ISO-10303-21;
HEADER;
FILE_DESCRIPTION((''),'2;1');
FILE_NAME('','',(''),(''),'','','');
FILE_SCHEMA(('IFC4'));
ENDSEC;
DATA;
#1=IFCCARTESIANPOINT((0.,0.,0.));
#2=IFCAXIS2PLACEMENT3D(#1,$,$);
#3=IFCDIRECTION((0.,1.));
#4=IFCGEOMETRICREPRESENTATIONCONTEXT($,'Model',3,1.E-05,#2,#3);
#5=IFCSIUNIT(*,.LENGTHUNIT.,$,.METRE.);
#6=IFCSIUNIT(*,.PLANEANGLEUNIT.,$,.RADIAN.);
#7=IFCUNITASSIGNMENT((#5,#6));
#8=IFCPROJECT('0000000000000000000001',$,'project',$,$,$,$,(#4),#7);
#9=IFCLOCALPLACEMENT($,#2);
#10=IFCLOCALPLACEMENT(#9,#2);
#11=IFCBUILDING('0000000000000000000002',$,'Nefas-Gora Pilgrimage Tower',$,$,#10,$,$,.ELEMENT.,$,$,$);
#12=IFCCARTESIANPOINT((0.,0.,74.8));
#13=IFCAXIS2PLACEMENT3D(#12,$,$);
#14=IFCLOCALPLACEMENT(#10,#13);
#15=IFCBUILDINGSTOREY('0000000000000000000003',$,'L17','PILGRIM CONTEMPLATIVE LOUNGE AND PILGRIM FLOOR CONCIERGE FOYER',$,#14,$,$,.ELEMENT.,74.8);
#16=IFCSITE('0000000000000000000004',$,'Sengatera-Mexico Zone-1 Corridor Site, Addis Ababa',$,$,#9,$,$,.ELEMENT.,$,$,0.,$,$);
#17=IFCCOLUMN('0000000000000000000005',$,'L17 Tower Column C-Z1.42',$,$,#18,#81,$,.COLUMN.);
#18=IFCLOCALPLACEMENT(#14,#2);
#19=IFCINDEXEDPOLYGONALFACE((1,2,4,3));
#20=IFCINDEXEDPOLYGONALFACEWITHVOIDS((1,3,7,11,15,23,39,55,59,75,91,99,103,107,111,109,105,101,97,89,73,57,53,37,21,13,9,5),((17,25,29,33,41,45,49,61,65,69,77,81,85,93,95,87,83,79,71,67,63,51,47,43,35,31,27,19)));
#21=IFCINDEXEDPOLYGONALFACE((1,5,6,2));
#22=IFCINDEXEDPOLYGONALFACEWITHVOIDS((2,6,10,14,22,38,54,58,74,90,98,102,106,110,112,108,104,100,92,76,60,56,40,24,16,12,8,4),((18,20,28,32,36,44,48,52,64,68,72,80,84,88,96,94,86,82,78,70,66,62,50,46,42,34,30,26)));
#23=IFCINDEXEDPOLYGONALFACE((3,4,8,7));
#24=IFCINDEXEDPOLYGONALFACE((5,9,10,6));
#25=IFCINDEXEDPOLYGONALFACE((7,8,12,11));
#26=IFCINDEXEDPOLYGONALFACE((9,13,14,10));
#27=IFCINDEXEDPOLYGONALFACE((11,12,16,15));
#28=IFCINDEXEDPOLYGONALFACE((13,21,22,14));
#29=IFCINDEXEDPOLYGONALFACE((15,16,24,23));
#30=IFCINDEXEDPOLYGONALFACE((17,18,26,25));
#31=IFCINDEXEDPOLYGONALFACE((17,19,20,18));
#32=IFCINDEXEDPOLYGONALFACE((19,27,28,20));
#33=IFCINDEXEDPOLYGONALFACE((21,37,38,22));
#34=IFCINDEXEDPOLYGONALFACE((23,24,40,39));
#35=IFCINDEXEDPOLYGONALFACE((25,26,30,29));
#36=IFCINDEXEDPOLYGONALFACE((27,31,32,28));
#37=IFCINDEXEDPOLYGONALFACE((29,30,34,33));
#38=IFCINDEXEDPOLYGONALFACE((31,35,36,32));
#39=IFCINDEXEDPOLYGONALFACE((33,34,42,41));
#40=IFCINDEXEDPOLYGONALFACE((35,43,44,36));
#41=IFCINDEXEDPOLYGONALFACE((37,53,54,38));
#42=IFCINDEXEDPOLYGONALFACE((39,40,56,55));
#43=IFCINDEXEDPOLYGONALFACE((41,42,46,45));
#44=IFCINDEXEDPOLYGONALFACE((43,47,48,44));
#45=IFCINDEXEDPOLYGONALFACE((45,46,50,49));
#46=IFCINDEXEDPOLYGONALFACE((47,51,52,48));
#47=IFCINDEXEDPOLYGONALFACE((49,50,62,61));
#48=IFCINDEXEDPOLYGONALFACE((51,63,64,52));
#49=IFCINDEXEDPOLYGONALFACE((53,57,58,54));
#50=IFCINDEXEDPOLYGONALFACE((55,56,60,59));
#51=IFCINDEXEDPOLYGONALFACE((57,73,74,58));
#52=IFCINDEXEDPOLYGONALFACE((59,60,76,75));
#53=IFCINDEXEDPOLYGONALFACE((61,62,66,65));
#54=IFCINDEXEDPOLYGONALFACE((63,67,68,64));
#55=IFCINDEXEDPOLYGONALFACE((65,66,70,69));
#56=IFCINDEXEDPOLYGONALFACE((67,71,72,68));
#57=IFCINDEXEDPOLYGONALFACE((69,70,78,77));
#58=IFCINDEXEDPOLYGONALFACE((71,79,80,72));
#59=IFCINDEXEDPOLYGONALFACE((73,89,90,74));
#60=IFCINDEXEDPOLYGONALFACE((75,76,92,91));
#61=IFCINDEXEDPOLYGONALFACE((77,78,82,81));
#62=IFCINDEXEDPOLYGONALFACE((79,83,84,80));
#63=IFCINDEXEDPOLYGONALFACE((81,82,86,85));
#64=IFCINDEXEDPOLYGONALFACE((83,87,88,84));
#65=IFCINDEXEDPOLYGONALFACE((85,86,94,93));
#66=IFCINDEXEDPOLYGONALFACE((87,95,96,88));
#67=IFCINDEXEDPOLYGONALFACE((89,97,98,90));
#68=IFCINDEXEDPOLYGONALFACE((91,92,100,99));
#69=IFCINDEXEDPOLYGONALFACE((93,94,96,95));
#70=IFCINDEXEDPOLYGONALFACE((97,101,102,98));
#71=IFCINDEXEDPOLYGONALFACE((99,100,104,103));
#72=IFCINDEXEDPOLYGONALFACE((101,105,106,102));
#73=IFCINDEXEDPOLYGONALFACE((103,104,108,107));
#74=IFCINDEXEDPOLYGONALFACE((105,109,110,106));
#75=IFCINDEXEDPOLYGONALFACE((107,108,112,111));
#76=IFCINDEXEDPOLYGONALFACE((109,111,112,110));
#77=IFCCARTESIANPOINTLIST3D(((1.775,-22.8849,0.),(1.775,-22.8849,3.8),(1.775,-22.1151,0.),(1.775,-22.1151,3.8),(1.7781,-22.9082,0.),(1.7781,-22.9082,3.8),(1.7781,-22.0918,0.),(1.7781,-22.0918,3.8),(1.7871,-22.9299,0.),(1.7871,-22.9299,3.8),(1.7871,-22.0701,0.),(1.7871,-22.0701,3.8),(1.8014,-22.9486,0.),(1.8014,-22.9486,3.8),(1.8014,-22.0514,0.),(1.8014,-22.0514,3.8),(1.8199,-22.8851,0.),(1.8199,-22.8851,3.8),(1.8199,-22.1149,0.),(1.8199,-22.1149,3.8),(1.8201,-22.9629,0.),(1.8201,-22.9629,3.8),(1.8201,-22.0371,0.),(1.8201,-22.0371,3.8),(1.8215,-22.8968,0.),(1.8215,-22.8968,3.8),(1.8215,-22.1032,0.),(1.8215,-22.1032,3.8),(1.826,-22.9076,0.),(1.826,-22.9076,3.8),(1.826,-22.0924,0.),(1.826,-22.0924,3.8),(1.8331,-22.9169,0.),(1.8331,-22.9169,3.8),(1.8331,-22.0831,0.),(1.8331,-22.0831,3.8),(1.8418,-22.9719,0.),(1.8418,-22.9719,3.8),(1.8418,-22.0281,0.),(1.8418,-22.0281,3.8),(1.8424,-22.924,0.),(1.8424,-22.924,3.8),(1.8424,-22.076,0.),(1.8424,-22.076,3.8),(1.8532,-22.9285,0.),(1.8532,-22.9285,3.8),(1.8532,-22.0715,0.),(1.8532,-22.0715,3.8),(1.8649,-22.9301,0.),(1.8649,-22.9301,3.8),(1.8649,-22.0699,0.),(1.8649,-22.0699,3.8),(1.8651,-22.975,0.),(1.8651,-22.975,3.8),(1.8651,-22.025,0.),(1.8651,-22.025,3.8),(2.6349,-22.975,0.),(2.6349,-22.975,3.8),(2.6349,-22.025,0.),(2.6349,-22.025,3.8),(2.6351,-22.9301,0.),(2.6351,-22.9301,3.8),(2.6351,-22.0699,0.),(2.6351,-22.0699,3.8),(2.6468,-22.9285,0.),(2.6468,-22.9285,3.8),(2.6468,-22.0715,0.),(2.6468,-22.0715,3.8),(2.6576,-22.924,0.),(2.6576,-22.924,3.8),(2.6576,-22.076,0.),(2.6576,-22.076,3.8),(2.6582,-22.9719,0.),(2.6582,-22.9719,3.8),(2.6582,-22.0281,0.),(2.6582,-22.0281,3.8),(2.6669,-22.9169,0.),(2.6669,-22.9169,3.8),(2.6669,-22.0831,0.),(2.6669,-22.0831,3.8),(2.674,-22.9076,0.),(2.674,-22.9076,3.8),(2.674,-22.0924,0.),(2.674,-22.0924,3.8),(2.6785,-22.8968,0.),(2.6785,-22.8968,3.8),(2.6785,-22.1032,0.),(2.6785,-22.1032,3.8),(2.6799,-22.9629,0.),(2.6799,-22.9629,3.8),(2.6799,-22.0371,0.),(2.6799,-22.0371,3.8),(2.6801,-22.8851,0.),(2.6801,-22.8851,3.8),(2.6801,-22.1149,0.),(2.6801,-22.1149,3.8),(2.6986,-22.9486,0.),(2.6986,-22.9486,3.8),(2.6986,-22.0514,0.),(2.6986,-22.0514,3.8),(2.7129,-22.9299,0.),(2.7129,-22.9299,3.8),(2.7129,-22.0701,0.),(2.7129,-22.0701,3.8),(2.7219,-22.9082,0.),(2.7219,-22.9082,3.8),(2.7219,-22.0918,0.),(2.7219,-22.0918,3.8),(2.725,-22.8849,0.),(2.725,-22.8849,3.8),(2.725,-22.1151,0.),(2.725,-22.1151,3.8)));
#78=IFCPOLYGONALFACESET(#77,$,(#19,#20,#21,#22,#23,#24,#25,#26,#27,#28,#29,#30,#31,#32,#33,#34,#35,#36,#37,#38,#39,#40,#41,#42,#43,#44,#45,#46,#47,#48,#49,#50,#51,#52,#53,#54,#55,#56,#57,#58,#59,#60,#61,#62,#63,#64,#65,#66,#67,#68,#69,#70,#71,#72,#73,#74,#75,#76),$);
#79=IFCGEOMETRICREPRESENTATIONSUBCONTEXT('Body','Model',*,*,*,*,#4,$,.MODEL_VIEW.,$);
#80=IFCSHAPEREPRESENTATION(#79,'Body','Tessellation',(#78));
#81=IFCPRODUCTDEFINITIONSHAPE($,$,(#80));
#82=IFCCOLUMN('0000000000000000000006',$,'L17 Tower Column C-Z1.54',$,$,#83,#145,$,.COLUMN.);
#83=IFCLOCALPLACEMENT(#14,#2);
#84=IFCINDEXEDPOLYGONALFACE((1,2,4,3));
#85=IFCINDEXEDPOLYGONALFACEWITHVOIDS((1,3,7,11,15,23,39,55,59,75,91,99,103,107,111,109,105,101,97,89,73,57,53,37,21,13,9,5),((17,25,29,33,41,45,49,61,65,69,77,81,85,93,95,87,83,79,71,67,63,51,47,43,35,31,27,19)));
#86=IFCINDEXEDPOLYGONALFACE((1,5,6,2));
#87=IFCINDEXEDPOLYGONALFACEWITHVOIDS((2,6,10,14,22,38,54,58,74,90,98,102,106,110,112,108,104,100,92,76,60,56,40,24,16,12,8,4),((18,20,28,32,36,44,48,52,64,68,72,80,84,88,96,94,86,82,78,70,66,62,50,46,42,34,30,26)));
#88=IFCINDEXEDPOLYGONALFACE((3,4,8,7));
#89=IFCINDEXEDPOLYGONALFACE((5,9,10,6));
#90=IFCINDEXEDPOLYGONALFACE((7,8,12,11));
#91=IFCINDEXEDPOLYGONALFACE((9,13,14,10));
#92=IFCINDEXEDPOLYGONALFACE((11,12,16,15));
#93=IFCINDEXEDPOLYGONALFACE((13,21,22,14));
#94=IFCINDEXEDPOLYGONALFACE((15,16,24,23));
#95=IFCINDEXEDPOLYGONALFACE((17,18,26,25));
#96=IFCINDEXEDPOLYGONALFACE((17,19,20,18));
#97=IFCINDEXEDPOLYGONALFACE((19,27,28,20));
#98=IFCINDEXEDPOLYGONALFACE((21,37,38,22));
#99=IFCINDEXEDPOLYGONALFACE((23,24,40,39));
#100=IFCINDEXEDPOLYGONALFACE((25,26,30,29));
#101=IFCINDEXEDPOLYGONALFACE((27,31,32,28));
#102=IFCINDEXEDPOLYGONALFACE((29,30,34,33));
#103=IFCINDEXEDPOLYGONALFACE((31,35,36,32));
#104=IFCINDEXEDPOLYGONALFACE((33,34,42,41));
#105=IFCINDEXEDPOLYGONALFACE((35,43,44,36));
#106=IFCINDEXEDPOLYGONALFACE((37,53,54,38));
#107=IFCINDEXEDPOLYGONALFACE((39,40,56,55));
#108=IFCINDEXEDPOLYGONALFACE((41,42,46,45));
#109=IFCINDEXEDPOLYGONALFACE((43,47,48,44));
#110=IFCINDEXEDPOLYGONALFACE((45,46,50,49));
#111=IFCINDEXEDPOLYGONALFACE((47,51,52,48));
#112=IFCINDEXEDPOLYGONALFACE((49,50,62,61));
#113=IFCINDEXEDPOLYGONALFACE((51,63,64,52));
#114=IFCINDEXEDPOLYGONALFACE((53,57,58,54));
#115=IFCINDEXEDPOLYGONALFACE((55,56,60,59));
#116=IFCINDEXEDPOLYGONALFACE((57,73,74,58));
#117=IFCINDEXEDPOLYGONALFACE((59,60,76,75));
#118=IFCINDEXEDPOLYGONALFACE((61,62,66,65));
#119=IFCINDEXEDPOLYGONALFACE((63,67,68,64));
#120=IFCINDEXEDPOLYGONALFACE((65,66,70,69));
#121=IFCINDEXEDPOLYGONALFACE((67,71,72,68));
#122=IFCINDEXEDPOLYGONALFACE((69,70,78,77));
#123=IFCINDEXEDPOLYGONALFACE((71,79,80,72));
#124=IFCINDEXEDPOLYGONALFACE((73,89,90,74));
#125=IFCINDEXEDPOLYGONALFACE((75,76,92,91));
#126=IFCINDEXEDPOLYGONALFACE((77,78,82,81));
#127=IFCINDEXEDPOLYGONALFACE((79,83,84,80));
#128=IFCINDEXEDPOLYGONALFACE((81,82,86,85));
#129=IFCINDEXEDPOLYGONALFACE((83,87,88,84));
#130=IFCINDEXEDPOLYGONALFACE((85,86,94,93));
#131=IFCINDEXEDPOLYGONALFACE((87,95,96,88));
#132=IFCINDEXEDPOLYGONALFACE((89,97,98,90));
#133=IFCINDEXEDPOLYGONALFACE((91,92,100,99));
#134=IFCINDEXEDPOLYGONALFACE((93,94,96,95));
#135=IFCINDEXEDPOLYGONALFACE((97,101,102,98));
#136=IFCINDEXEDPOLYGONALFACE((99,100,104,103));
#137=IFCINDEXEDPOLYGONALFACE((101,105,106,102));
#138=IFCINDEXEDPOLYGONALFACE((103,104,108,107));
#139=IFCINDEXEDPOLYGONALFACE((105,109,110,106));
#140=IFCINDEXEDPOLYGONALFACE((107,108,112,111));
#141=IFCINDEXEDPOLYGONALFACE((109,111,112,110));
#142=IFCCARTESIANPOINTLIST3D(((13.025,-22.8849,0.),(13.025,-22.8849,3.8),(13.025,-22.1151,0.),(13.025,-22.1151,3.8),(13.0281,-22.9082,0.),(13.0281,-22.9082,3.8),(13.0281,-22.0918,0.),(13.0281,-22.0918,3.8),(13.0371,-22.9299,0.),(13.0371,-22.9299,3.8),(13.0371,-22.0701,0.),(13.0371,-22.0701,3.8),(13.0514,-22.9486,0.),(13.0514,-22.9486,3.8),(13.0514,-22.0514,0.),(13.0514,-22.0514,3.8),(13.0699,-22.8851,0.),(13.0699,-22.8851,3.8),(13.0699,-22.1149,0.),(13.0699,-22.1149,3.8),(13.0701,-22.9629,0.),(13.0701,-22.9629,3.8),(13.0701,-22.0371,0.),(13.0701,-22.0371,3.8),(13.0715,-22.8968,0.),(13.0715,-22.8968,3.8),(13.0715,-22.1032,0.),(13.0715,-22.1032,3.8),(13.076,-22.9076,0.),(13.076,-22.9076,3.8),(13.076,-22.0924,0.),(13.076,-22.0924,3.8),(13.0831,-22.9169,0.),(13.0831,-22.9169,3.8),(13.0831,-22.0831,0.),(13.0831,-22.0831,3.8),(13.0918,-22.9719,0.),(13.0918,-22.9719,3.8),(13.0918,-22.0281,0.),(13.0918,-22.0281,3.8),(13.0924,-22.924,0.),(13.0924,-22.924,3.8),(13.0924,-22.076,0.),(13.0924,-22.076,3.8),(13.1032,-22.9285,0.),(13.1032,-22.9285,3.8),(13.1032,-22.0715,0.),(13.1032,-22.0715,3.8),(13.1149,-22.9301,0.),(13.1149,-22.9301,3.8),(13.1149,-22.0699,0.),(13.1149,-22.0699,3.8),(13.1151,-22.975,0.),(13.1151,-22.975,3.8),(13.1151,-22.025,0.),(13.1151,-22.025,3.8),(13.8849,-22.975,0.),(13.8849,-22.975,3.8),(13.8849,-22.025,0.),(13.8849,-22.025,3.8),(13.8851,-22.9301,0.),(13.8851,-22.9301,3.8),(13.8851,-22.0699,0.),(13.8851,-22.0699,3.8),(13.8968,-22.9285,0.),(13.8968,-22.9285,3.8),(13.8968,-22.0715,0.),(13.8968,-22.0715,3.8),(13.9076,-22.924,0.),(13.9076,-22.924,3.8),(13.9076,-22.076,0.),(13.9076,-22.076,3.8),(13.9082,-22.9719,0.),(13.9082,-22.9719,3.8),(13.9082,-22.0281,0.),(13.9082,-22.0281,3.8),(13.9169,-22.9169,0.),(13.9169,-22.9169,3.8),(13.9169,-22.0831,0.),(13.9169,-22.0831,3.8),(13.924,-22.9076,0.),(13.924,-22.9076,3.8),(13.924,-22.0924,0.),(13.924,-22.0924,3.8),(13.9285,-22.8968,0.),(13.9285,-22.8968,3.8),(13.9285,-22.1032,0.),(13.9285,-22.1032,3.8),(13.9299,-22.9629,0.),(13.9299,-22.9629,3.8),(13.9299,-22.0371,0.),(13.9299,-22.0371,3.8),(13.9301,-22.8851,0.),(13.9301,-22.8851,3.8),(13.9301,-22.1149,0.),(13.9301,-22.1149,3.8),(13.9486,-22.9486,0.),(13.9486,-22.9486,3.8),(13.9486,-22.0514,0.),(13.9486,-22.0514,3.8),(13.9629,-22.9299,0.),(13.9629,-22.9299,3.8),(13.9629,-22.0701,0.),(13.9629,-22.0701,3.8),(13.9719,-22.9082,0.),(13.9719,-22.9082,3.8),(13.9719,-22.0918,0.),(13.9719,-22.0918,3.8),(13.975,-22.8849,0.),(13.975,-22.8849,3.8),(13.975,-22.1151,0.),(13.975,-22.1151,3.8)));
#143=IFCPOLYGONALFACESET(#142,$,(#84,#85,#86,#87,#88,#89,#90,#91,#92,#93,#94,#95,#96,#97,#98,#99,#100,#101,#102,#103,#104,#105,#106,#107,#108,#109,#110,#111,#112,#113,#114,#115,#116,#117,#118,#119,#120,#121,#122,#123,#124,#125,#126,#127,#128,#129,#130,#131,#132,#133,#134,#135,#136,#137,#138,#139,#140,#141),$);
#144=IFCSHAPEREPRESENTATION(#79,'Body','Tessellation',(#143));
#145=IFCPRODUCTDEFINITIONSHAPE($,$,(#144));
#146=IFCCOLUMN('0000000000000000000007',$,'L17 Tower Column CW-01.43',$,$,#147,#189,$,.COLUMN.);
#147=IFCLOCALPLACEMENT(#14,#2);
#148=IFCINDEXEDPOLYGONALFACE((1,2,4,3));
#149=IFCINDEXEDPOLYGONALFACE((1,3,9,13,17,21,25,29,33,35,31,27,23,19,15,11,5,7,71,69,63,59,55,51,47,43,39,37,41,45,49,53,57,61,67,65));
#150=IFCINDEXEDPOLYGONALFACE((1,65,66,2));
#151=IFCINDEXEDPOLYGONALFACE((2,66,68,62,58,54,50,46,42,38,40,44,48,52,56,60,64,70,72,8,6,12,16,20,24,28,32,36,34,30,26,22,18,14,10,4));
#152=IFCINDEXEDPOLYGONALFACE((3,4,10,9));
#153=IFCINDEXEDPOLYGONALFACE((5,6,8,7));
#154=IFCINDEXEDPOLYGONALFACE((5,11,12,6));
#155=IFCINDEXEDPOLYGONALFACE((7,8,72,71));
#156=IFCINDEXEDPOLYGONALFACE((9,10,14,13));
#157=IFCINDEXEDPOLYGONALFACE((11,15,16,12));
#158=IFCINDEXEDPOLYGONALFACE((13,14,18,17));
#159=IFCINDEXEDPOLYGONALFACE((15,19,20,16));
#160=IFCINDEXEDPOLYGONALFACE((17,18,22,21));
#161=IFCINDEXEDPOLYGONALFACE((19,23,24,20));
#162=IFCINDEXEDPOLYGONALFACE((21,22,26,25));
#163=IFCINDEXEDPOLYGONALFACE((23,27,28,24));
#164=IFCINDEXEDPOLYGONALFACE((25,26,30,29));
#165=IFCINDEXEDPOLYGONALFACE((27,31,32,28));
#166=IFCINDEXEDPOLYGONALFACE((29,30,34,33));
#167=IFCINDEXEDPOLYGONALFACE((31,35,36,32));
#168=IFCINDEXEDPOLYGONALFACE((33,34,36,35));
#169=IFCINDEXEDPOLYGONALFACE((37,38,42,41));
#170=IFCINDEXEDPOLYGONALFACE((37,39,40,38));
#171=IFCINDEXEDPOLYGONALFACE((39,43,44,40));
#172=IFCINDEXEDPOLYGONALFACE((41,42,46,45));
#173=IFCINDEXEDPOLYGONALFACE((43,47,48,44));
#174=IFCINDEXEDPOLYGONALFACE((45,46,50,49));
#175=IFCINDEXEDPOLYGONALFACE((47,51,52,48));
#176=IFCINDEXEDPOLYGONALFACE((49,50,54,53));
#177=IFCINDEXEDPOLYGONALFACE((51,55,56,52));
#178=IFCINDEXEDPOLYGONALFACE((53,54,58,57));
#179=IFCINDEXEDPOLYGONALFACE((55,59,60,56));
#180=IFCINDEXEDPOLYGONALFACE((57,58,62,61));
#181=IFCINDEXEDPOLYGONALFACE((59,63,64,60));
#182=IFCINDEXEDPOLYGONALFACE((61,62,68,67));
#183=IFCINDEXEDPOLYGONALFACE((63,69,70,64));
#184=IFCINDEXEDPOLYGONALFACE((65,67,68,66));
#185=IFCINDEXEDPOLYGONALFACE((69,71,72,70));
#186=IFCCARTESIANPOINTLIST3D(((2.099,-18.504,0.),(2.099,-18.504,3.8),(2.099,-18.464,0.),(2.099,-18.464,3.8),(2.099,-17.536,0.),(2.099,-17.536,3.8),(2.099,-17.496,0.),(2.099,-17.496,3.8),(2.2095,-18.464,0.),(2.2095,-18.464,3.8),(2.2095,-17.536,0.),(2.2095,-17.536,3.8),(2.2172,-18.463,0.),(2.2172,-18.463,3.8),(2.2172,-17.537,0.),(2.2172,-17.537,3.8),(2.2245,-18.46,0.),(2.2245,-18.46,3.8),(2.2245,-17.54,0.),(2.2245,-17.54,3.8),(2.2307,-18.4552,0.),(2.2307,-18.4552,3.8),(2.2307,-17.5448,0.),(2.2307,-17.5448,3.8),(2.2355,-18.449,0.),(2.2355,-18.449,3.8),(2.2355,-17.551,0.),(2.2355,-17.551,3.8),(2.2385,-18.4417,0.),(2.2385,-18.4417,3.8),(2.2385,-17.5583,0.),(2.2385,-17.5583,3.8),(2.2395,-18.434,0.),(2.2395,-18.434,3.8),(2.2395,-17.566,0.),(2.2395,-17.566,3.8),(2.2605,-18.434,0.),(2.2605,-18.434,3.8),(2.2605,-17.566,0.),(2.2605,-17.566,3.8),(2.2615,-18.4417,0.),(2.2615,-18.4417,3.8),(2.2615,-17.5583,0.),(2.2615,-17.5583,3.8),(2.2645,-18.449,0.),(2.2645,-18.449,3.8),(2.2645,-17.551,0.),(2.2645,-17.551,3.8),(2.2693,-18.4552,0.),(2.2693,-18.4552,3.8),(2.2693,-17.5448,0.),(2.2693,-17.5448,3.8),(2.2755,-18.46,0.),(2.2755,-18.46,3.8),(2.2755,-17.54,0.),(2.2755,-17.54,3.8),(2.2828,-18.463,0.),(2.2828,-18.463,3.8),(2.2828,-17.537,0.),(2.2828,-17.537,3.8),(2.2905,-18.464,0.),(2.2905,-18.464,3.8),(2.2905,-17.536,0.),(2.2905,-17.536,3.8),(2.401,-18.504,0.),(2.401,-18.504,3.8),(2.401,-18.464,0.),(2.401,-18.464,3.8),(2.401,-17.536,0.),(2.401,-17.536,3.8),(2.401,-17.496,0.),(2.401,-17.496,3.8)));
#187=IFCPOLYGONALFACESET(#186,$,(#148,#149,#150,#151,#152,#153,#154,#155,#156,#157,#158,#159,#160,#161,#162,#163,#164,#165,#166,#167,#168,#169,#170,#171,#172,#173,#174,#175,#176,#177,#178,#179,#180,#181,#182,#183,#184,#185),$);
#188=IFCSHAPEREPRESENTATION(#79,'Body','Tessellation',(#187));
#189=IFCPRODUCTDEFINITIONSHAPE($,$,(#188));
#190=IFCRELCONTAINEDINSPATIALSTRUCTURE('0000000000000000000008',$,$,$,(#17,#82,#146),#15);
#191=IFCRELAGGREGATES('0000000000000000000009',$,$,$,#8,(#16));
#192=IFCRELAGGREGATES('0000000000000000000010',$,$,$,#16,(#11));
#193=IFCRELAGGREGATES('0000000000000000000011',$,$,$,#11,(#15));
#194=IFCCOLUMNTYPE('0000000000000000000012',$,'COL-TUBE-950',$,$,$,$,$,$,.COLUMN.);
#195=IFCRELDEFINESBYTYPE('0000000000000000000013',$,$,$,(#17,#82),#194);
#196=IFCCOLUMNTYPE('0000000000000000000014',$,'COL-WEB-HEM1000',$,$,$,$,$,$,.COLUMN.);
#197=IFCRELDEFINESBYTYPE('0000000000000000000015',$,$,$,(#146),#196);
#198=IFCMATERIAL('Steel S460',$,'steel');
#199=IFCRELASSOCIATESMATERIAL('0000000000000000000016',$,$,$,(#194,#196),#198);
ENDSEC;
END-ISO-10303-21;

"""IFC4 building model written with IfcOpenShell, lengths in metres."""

from ifc_helpers import new_model, si_unit, direction, frame, origin, origin_2d, place, context, subcontext, project, spatial, hollow_rectangle, i_section, extrude, source, transform, mapped, material, material_profile, profile_set, type_object, element, save


model = new_model("IFC4")

# Units and contexts
model_context = context("Model", 3, precision=1e-05, world=origin(), true_north=direction((0.0, 1.0)))
body_context = subcontext(model_context, "Body", "Model", "MODEL_VIEW")
ifc_project = project(units=[si_unit("LENGTHUNIT", "METRE"), si_unit("PLANEANGLEUNIT", "RADIAN")], contexts=[model_context])

# Site, building, storey
site_placement = place(None, origin())
site = spatial("IfcSite", under=ifc_project, at=site_placement, Name="Sengatera-Mexico Zone-1 Corridor Site, Addis Ababa", CompositionType="ELEMENT", RefElevation=0.0)
building_placement = place(site_placement, origin())
building = spatial("IfcBuilding", under=site, at=building_placement, Name="Nefas-Gora Pilgrimage Tower", CompositionType="ELEMENT")
storey_placement = place(building_placement, frame((0.0, 0.0, 74.8)))
storey = spatial("IfcBuildingStorey", under=building, at=storey_placement, Name="L17", Description="PILGRIM CONTEMPLATIVE LOUNGE AND PILGRIM FLOOR CONCIERGE FOYER", CompositionType="ELEMENT", Elevation=74.8)

# Columns
ifc_material_1 = material(Name="Steel S460", Category="steel")
ifc_material_profile_1 = material_profile(ifc_material_1, hollow_rectangle(XDim=0.95, YDim=0.95, WallThickness=0.0449, InnerFilletRadius=0.0449, OuterFilletRadius=0.0901, at=origin_2d()), Name="BOX 950x950x45")
ifc_profile_set_1 = profile_set([ifc_material_profile_1], Name="Steel S460")
column_type_1 = type_object("IfcColumnType", Name="COL-TUBE-950", PredefinedType="COLUMN", material=ifc_profile_set_1)
shared_shape_1 = source(origin(), body_context, "Body", "SweptSolid", [
    extrude(hollow_rectangle(XDim=0.95, YDim=0.95, WallThickness=0.0449, InnerFilletRadius=0.0449, OuterFilletRadius=0.0901, at=origin_2d()), origin(), (0.0, 0.0, 1.0), 3.8),
])
for number, where, z_axis, x_axis, name in (
    (1, (2.25, -22.5, 0.0), (0.0, 0.0, 1.0), (1.0, 0.0, 0.0), "L17 Tower Column C-Z1.42"),
    (2, (13.5, -22.5, 0.0), (0.0, 0.0, 1.0), (1.0, 0.0, 0.0), "L17 Tower Column C-Z1.54"),
):
    element("IfcColumn", number, at=place(storey_placement, frame(where, z_axis=z_axis, x_axis=x_axis)), inside=storey, type_object=column_type_1, Name=name, PredefinedType="COLUMN", context=body_context, shape_type="MappedRepresentation", body=[
        mapped(shared_shape_1, transform((0.0, 0.0, 0.0), x_axis=(1.0, 0.0, 0.0), y_axis=(0.0, 1.0, 0.0), z_axis=(0.0, 0.0, 1.0), scale=1.0)),
    ])
ifc_material_profile_2 = material_profile(ifc_material_1, i_section(OverallWidth=0.302, OverallDepth=1.0081, WebThickness=0.021, FlangeThickness=0.04, FilletRadius=0.03, at=origin_2d()), Name="HEM 1000")
ifc_profile_set_2 = profile_set([ifc_material_profile_2], Name="Steel S460")
column_type_2 = type_object("IfcColumnType", Name="COL-WEB-HEM1000", PredefinedType="COLUMN", material=ifc_profile_set_2)
shared_shape_2 = source(origin(), body_context, "Body", "SweptSolid", [
    extrude(i_section(OverallWidth=0.302, OverallDepth=1.0081, WebThickness=0.021, FlangeThickness=0.04, FilletRadius=0.03, at=origin_2d()), origin(), (0.0, 0.0, 1.0), 3.8),
])
for number, where, z_axis, x_axis, name in (
    (3, (2.25, -18.0, 0.0), (0.0, 0.0, 1.0), (1.0, 0.0, 0.0), "L17 Tower Column CW-01.43"),
):
    element("IfcColumn", number, at=place(storey_placement, frame(where, z_axis=z_axis, x_axis=x_axis)), inside=storey, type_object=column_type_2, Name=name, PredefinedType="COLUMN", context=body_context, shape_type="MappedRepresentation", body=[
        mapped(shared_shape_2, transform((0.0, 0.0, 0.0), x_axis=(1.0, 0.0, 0.0), y_axis=(0.0, 1.0, 0.0), z_axis=(0.0, 0.0, 1.0), scale=1.0)),
    ])

save(model, "model.ifc")
